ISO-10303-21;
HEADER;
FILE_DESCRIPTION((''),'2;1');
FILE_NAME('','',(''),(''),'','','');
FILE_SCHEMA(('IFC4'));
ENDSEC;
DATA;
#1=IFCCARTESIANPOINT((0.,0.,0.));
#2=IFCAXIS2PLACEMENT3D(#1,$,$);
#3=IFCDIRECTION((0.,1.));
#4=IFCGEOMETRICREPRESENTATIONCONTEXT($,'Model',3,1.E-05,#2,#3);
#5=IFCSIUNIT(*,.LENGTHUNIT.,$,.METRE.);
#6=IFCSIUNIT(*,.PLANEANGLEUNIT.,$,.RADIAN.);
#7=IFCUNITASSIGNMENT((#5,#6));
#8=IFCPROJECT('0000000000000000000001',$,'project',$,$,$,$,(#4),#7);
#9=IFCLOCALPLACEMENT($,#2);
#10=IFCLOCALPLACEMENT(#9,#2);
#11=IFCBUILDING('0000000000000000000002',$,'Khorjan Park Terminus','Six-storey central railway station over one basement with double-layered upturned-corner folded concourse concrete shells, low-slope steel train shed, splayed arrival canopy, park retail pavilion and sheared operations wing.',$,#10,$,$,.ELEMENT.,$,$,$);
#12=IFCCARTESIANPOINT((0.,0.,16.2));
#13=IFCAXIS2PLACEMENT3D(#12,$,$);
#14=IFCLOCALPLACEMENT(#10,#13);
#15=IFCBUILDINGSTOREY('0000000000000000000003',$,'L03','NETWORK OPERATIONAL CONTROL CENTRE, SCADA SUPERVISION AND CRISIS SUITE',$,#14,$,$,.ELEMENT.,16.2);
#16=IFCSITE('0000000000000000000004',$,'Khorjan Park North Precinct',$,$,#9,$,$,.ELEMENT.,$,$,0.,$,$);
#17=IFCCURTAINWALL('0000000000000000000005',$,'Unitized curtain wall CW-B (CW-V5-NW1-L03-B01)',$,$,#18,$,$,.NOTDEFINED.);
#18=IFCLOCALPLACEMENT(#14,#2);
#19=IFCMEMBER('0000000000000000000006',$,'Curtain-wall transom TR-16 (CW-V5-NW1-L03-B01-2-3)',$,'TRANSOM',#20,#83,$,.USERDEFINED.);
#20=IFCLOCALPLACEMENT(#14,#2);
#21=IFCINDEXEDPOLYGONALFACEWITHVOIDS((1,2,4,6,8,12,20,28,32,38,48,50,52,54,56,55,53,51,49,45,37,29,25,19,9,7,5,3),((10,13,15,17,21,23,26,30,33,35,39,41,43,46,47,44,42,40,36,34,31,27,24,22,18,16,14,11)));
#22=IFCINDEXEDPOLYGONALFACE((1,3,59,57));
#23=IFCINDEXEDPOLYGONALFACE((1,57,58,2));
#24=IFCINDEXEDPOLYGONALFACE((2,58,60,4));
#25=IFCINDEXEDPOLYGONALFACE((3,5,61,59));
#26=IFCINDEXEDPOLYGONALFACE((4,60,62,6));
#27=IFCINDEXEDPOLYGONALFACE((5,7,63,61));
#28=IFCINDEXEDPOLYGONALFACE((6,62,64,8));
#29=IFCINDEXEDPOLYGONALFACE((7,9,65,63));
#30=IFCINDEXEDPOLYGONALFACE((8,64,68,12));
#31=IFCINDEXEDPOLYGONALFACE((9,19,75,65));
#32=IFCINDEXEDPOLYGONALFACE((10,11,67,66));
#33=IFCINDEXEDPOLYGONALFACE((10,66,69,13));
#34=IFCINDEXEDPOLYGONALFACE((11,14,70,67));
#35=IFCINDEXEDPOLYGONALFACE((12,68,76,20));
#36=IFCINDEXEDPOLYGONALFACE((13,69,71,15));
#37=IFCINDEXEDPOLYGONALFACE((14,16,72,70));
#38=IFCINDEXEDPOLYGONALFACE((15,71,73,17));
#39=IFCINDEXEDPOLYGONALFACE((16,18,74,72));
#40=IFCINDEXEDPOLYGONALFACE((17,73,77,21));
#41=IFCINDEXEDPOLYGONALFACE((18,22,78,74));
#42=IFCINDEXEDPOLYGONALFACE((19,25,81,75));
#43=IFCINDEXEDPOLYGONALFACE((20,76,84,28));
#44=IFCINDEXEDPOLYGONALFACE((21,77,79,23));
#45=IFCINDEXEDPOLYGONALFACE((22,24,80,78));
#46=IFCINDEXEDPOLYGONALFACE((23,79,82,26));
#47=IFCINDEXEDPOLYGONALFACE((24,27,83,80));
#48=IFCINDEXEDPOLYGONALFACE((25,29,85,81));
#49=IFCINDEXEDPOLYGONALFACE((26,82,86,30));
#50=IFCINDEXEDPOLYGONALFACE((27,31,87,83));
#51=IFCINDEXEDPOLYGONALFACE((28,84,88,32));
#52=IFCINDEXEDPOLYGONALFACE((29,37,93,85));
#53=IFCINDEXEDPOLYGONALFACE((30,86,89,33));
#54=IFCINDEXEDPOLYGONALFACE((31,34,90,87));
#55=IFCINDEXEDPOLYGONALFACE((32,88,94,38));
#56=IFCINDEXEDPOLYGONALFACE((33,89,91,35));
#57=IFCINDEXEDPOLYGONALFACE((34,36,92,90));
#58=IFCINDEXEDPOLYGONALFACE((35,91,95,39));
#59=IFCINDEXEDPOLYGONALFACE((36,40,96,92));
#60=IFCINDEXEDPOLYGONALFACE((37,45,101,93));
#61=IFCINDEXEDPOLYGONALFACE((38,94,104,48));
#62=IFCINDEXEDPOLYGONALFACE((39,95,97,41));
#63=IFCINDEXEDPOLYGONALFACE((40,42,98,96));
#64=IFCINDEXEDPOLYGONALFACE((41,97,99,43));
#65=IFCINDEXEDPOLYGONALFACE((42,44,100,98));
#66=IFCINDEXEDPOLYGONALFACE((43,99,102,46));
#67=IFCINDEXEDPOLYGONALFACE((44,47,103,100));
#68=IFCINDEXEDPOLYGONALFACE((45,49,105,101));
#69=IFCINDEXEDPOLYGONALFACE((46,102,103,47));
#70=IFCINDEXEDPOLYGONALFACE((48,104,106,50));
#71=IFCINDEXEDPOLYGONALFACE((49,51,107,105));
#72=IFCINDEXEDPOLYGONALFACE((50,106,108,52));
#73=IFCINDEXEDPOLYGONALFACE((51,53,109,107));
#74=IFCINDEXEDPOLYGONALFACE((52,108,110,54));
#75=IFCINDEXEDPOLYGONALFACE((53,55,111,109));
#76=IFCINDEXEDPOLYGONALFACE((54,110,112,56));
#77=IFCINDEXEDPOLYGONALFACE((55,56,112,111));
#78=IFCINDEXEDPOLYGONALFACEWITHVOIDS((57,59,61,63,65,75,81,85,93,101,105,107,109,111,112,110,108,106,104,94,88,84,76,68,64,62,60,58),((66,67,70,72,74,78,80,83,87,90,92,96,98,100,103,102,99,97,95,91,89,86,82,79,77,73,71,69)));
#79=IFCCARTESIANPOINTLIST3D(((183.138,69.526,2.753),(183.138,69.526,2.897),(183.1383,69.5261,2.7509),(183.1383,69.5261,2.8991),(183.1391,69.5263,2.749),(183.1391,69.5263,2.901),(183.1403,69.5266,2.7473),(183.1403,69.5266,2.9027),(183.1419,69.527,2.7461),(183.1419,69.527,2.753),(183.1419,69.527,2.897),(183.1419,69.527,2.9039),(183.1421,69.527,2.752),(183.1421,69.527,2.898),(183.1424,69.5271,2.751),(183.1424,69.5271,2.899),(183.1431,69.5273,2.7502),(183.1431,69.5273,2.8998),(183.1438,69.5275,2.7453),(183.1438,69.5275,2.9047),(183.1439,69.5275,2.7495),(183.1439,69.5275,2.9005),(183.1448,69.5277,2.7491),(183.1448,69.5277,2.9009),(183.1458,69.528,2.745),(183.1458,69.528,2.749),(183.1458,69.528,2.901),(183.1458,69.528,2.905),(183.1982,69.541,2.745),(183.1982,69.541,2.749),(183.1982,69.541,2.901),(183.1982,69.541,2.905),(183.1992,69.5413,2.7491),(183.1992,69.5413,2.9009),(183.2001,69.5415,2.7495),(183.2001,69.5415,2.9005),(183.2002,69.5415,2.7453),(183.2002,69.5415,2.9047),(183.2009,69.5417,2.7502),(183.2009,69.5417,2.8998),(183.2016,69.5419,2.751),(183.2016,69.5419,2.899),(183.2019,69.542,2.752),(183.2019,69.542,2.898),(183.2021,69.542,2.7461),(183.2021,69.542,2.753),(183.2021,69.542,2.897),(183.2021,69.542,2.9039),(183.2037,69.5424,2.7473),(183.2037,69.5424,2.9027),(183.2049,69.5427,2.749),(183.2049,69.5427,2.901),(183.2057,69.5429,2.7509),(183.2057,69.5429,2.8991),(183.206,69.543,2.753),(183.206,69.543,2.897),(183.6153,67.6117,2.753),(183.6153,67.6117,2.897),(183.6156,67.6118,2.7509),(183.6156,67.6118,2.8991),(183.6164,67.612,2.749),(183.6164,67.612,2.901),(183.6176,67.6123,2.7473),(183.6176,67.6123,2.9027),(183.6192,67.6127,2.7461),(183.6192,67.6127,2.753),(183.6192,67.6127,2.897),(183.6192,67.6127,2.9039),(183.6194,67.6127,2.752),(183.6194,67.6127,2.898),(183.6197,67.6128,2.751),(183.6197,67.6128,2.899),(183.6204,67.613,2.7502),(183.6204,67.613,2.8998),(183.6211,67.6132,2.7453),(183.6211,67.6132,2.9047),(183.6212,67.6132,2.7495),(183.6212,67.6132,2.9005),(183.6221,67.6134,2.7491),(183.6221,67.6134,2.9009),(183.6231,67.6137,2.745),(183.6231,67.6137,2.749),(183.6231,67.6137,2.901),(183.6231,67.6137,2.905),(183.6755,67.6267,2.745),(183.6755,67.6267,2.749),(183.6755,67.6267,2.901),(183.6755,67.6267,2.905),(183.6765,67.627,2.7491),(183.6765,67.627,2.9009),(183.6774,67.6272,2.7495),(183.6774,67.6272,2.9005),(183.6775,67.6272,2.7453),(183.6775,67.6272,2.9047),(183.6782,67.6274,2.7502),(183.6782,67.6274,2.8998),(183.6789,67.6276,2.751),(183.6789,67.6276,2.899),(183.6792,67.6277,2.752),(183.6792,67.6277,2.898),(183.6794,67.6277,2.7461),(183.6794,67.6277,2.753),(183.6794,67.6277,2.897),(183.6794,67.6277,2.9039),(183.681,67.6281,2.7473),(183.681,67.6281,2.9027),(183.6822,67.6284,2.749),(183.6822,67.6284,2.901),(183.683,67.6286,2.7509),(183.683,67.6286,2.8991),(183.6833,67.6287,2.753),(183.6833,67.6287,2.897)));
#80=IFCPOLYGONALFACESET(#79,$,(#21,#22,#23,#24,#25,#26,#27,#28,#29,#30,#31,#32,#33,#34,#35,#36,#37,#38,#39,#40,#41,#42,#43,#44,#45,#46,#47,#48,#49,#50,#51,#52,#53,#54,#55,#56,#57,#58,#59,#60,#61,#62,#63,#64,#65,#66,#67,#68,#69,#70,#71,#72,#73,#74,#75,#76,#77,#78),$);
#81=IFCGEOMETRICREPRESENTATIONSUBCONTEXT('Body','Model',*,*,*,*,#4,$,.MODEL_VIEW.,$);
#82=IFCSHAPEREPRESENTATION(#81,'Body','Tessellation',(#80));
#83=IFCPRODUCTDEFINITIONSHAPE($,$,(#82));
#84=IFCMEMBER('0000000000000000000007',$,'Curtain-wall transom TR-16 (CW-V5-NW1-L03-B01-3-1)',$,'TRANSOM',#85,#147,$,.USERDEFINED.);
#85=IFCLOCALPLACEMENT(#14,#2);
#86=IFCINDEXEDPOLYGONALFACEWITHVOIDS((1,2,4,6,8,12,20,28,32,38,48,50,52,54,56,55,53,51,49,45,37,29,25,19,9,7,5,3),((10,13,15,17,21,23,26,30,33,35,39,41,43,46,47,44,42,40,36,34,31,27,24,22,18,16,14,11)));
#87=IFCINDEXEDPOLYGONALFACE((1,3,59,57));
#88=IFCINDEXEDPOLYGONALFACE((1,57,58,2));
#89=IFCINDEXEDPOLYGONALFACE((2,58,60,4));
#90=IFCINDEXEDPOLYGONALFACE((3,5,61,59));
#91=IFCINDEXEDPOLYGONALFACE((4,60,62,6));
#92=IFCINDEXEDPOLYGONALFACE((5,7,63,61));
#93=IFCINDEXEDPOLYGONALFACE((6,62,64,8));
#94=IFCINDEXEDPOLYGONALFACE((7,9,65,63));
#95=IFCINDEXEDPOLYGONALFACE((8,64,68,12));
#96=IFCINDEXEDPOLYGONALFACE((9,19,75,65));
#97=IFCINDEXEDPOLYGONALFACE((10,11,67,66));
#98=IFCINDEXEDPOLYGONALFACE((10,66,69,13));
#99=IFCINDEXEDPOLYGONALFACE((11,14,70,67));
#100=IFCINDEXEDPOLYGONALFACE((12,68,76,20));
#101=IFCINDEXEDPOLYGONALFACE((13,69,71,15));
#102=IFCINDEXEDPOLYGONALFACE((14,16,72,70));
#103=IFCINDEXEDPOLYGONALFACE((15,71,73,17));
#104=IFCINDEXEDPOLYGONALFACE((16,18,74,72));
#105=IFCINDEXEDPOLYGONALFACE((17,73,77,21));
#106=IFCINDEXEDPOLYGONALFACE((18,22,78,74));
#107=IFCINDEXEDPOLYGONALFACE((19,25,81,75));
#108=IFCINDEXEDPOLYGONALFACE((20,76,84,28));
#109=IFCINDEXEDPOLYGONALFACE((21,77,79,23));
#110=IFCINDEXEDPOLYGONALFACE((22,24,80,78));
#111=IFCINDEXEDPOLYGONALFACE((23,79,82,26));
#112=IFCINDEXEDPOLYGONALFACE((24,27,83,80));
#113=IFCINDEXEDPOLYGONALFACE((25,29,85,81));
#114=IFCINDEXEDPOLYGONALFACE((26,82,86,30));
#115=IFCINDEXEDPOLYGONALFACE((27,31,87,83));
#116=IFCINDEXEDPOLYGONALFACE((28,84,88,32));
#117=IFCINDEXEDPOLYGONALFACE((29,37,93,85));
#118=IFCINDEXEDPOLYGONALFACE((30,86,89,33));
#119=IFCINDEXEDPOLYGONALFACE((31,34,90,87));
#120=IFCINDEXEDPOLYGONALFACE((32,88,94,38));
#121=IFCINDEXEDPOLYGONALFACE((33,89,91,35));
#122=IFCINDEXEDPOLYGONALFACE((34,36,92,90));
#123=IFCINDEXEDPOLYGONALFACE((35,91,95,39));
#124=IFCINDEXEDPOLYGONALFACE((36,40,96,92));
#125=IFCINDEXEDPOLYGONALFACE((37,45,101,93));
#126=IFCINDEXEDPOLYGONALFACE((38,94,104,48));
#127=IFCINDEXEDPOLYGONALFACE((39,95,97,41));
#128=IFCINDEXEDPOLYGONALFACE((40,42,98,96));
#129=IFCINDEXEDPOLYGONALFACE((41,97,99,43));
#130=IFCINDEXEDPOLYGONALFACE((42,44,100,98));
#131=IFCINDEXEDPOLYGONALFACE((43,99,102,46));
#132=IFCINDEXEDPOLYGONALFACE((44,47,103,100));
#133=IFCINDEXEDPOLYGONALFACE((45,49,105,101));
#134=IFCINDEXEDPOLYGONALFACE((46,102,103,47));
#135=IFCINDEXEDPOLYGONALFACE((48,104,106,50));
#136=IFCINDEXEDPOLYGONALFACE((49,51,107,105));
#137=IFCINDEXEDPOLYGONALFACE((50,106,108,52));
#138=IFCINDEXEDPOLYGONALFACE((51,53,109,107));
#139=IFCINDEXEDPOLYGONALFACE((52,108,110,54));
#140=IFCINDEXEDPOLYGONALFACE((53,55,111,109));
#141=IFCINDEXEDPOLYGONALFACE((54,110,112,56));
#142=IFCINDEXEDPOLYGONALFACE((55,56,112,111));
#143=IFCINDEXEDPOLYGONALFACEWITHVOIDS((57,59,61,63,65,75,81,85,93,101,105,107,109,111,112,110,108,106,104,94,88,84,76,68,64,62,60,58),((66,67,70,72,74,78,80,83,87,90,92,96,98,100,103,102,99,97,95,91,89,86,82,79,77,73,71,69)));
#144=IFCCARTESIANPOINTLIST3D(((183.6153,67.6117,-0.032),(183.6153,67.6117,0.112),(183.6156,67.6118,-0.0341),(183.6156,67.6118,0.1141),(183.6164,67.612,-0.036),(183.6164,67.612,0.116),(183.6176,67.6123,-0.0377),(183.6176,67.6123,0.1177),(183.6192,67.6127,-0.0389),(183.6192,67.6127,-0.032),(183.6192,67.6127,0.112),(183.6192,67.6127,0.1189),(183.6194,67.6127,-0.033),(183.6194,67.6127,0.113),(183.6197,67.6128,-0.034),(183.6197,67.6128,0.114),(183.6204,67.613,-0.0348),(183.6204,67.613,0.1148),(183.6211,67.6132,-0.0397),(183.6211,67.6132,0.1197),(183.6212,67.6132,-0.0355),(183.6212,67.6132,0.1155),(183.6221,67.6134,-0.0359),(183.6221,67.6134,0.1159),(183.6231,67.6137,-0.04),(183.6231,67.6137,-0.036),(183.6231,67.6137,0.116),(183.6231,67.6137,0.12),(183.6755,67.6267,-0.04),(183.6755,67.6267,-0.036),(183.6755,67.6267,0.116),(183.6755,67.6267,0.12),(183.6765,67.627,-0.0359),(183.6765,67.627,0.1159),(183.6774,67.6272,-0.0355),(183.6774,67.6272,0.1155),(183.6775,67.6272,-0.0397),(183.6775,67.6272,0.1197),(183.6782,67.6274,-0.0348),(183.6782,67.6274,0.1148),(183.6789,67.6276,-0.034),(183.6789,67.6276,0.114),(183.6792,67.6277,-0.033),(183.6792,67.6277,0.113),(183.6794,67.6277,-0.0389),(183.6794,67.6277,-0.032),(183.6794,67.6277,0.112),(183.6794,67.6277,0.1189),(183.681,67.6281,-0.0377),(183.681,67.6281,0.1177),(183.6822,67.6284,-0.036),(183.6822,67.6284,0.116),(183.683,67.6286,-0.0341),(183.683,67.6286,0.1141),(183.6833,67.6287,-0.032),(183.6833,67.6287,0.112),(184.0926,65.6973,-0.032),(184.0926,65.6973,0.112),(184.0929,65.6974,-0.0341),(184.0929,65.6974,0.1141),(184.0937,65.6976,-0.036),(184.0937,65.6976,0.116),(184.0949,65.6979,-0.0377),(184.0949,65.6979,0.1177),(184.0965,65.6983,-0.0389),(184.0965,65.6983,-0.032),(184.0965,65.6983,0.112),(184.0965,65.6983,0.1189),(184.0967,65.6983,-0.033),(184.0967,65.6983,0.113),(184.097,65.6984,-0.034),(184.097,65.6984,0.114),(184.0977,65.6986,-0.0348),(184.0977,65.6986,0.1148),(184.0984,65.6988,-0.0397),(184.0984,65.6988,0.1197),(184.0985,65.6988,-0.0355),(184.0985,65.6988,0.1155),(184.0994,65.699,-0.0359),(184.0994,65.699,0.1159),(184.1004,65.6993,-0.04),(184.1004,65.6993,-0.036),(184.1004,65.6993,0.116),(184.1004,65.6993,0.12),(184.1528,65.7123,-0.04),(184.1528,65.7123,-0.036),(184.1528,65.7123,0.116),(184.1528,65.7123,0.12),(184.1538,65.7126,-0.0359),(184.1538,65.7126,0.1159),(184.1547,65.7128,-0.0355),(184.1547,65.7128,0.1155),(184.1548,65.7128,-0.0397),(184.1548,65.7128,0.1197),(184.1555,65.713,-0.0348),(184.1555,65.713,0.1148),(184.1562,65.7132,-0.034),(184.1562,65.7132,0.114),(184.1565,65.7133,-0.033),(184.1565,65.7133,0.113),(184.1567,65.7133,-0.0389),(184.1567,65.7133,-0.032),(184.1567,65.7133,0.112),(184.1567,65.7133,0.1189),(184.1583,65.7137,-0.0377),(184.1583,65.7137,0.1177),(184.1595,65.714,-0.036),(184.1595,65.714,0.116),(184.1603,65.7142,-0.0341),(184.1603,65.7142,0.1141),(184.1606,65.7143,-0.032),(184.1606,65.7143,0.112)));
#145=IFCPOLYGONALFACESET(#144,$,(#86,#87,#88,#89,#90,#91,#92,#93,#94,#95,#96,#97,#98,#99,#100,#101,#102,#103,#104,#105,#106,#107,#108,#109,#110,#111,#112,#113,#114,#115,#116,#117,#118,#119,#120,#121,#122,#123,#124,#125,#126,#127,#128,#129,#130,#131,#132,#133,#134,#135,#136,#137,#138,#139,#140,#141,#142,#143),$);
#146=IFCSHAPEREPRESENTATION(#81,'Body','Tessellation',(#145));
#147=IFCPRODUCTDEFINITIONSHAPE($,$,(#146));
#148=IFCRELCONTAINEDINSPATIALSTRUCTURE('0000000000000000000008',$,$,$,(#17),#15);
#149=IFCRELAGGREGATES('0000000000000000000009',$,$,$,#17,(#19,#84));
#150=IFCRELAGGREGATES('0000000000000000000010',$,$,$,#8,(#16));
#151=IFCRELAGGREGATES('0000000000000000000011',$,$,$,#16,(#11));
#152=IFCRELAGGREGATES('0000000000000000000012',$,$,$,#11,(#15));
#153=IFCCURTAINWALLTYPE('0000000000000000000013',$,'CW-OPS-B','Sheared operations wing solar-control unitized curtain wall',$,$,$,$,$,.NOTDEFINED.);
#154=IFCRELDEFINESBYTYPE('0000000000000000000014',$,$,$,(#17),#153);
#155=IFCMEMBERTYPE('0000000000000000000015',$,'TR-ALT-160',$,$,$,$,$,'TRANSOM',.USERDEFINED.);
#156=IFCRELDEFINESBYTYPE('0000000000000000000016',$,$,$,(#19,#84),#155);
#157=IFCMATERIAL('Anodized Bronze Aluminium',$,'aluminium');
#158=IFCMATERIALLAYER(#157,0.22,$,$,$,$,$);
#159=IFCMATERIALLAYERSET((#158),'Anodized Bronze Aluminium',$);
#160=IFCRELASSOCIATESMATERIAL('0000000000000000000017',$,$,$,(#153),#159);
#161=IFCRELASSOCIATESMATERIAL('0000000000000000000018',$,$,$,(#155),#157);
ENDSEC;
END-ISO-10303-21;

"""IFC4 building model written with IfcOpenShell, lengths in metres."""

from ifc_helpers import new_model, si_unit, direction, frame, origin, origin_2d, place, context, subcontext, project, spatial, hollow_rectangle, extrude, material, layer, layer_set, material_profile, profile_set, type_object, element, aggregate, save


model = new_model("IFC4")

# Units and contexts
model_context = context("Model", 3, precision=1e-05, world=origin(), true_north=direction((0.0, 1.0)))
body_context = subcontext(model_context, "Body", "Model", "MODEL_VIEW")
ifc_project = project(units=[si_unit("LENGTHUNIT", "METRE"), si_unit("PLANEANGLEUNIT", "RADIAN")], contexts=[model_context])

# Site, building, storey
site_placement = place(None, origin())
site = spatial("IfcSite", under=ifc_project, at=site_placement, Name="Khorjan Park North Precinct", CompositionType="ELEMENT", RefElevation=0.0)
building_placement = place(site_placement, origin())
building = spatial("IfcBuilding", under=site, at=building_placement, Name="Khorjan Park Terminus", Description="Six-storey central railway station over one basement with double-layered upturned-corner folded concourse concrete shells, low-slope steel train shed, splayed arrival canopy, park retail pavilion and sheared operations wing.", CompositionType="ELEMENT")
storey_placement = place(building_placement, frame((0.0, 0.0, 16.2)))
storey = spatial("IfcBuildingStorey", under=building, at=storey_placement, Name="L03", Description="NETWORK OPERATIONAL CONTROL CENTRE, SCADA SUPERVISION AND CRISIS SUITE", CompositionType="ELEMENT", Elevation=16.2)

# Shared definitions
ifc_material_1 = material(Name="Anodized Bronze Aluminium", Category="aluminium")
ifc_layer_1 = layer(ifc_material_1, 0.22)
ifc_layer_set_1 = layer_set([ifc_layer_1], Name="Anodized Bronze Aluminium")
curtain_wall_type = type_object("IfcCurtainWallType", Name="CW-OPS-B", Description="Sheared operations wing solar-control unitized curtain wall", PredefinedType="NOTDEFINED", material=ifc_layer_set_1)

# Curtain wall, members
curtain_wall_1_placement = place(storey_placement, origin())
curtain_wall_1 = element("IfcCurtainWall", 1, at=curtain_wall_1_placement, inside=storey, type_object=curtain_wall_type, Name="Unitized curtain wall CW-B (CW-V5-NW1-L03-B01)", PredefinedType="NOTDEFINED")
ifc_material_profile_1 = material_profile(ifc_material_1, hollow_rectangle(XDim=0.07, YDim=0.16, WallThickness=0.004, InnerFilletRadius=0.004, OuterFilletRadius=0.008, at=origin_2d()), Name="ALT 70x160x4")
ifc_profile_set_1 = profile_set([ifc_material_profile_1], Name="Anodized Bronze Aluminium")
member_type_1 = type_object("IfcMemberType", Name="TR-ALT-160", ElementType="TRANSOM", PredefinedType="USERDEFINED", material=ifc_profile_set_1)
member_1_placement = place(storey_placement, frame((183.172, 69.5345, 2.825), z_axis=(0.241927, -0.970294, 0.0), x_axis=(0.970294, 0.241927, 0.0)))
member_1 = element("IfcMember", 2, at=member_1_placement, type_object=member_type_1, Name="Curtain-wall transom TR-16 (CW-V5-NW1-L03-B01-2-3)", ObjectType="TRANSOM", PredefinedType="USERDEFINED", context=body_context, shape_type="SweptSolid", body=[
    extrude(hollow_rectangle(XDim=0.07, YDim=0.16, WallThickness=0.004, InnerFilletRadius=0.004, OuterFilletRadius=0.008, at=origin_2d()), origin(), (0.0, 0.0, 1.0), 1.9729),
])
member_2_placement = place(storey_placement, frame((183.6493, 67.6202, 0.04), z_axis=(0.241915, -0.970297, 0.0), x_axis=(0.970297, 0.241915, 0.0)))
member_2 = element("IfcMember", 3, at=member_2_placement, type_object=member_type_1, Name="Curtain-wall transom TR-16 (CW-V5-NW1-L03-B01-3-1)", ObjectType="TRANSOM", PredefinedType="USERDEFINED", context=body_context, shape_type="SweptSolid", body=[
    extrude(hollow_rectangle(XDim=0.07, YDim=0.16, WallThickness=0.004, InnerFilletRadius=0.004, OuterFilletRadius=0.008, at=origin_2d()), origin(), (0.0, 0.0, 1.0), 1.973),
])

aggregate(curtain_wall_1, [member_1, member_2])

save(model, "model.ifc")
